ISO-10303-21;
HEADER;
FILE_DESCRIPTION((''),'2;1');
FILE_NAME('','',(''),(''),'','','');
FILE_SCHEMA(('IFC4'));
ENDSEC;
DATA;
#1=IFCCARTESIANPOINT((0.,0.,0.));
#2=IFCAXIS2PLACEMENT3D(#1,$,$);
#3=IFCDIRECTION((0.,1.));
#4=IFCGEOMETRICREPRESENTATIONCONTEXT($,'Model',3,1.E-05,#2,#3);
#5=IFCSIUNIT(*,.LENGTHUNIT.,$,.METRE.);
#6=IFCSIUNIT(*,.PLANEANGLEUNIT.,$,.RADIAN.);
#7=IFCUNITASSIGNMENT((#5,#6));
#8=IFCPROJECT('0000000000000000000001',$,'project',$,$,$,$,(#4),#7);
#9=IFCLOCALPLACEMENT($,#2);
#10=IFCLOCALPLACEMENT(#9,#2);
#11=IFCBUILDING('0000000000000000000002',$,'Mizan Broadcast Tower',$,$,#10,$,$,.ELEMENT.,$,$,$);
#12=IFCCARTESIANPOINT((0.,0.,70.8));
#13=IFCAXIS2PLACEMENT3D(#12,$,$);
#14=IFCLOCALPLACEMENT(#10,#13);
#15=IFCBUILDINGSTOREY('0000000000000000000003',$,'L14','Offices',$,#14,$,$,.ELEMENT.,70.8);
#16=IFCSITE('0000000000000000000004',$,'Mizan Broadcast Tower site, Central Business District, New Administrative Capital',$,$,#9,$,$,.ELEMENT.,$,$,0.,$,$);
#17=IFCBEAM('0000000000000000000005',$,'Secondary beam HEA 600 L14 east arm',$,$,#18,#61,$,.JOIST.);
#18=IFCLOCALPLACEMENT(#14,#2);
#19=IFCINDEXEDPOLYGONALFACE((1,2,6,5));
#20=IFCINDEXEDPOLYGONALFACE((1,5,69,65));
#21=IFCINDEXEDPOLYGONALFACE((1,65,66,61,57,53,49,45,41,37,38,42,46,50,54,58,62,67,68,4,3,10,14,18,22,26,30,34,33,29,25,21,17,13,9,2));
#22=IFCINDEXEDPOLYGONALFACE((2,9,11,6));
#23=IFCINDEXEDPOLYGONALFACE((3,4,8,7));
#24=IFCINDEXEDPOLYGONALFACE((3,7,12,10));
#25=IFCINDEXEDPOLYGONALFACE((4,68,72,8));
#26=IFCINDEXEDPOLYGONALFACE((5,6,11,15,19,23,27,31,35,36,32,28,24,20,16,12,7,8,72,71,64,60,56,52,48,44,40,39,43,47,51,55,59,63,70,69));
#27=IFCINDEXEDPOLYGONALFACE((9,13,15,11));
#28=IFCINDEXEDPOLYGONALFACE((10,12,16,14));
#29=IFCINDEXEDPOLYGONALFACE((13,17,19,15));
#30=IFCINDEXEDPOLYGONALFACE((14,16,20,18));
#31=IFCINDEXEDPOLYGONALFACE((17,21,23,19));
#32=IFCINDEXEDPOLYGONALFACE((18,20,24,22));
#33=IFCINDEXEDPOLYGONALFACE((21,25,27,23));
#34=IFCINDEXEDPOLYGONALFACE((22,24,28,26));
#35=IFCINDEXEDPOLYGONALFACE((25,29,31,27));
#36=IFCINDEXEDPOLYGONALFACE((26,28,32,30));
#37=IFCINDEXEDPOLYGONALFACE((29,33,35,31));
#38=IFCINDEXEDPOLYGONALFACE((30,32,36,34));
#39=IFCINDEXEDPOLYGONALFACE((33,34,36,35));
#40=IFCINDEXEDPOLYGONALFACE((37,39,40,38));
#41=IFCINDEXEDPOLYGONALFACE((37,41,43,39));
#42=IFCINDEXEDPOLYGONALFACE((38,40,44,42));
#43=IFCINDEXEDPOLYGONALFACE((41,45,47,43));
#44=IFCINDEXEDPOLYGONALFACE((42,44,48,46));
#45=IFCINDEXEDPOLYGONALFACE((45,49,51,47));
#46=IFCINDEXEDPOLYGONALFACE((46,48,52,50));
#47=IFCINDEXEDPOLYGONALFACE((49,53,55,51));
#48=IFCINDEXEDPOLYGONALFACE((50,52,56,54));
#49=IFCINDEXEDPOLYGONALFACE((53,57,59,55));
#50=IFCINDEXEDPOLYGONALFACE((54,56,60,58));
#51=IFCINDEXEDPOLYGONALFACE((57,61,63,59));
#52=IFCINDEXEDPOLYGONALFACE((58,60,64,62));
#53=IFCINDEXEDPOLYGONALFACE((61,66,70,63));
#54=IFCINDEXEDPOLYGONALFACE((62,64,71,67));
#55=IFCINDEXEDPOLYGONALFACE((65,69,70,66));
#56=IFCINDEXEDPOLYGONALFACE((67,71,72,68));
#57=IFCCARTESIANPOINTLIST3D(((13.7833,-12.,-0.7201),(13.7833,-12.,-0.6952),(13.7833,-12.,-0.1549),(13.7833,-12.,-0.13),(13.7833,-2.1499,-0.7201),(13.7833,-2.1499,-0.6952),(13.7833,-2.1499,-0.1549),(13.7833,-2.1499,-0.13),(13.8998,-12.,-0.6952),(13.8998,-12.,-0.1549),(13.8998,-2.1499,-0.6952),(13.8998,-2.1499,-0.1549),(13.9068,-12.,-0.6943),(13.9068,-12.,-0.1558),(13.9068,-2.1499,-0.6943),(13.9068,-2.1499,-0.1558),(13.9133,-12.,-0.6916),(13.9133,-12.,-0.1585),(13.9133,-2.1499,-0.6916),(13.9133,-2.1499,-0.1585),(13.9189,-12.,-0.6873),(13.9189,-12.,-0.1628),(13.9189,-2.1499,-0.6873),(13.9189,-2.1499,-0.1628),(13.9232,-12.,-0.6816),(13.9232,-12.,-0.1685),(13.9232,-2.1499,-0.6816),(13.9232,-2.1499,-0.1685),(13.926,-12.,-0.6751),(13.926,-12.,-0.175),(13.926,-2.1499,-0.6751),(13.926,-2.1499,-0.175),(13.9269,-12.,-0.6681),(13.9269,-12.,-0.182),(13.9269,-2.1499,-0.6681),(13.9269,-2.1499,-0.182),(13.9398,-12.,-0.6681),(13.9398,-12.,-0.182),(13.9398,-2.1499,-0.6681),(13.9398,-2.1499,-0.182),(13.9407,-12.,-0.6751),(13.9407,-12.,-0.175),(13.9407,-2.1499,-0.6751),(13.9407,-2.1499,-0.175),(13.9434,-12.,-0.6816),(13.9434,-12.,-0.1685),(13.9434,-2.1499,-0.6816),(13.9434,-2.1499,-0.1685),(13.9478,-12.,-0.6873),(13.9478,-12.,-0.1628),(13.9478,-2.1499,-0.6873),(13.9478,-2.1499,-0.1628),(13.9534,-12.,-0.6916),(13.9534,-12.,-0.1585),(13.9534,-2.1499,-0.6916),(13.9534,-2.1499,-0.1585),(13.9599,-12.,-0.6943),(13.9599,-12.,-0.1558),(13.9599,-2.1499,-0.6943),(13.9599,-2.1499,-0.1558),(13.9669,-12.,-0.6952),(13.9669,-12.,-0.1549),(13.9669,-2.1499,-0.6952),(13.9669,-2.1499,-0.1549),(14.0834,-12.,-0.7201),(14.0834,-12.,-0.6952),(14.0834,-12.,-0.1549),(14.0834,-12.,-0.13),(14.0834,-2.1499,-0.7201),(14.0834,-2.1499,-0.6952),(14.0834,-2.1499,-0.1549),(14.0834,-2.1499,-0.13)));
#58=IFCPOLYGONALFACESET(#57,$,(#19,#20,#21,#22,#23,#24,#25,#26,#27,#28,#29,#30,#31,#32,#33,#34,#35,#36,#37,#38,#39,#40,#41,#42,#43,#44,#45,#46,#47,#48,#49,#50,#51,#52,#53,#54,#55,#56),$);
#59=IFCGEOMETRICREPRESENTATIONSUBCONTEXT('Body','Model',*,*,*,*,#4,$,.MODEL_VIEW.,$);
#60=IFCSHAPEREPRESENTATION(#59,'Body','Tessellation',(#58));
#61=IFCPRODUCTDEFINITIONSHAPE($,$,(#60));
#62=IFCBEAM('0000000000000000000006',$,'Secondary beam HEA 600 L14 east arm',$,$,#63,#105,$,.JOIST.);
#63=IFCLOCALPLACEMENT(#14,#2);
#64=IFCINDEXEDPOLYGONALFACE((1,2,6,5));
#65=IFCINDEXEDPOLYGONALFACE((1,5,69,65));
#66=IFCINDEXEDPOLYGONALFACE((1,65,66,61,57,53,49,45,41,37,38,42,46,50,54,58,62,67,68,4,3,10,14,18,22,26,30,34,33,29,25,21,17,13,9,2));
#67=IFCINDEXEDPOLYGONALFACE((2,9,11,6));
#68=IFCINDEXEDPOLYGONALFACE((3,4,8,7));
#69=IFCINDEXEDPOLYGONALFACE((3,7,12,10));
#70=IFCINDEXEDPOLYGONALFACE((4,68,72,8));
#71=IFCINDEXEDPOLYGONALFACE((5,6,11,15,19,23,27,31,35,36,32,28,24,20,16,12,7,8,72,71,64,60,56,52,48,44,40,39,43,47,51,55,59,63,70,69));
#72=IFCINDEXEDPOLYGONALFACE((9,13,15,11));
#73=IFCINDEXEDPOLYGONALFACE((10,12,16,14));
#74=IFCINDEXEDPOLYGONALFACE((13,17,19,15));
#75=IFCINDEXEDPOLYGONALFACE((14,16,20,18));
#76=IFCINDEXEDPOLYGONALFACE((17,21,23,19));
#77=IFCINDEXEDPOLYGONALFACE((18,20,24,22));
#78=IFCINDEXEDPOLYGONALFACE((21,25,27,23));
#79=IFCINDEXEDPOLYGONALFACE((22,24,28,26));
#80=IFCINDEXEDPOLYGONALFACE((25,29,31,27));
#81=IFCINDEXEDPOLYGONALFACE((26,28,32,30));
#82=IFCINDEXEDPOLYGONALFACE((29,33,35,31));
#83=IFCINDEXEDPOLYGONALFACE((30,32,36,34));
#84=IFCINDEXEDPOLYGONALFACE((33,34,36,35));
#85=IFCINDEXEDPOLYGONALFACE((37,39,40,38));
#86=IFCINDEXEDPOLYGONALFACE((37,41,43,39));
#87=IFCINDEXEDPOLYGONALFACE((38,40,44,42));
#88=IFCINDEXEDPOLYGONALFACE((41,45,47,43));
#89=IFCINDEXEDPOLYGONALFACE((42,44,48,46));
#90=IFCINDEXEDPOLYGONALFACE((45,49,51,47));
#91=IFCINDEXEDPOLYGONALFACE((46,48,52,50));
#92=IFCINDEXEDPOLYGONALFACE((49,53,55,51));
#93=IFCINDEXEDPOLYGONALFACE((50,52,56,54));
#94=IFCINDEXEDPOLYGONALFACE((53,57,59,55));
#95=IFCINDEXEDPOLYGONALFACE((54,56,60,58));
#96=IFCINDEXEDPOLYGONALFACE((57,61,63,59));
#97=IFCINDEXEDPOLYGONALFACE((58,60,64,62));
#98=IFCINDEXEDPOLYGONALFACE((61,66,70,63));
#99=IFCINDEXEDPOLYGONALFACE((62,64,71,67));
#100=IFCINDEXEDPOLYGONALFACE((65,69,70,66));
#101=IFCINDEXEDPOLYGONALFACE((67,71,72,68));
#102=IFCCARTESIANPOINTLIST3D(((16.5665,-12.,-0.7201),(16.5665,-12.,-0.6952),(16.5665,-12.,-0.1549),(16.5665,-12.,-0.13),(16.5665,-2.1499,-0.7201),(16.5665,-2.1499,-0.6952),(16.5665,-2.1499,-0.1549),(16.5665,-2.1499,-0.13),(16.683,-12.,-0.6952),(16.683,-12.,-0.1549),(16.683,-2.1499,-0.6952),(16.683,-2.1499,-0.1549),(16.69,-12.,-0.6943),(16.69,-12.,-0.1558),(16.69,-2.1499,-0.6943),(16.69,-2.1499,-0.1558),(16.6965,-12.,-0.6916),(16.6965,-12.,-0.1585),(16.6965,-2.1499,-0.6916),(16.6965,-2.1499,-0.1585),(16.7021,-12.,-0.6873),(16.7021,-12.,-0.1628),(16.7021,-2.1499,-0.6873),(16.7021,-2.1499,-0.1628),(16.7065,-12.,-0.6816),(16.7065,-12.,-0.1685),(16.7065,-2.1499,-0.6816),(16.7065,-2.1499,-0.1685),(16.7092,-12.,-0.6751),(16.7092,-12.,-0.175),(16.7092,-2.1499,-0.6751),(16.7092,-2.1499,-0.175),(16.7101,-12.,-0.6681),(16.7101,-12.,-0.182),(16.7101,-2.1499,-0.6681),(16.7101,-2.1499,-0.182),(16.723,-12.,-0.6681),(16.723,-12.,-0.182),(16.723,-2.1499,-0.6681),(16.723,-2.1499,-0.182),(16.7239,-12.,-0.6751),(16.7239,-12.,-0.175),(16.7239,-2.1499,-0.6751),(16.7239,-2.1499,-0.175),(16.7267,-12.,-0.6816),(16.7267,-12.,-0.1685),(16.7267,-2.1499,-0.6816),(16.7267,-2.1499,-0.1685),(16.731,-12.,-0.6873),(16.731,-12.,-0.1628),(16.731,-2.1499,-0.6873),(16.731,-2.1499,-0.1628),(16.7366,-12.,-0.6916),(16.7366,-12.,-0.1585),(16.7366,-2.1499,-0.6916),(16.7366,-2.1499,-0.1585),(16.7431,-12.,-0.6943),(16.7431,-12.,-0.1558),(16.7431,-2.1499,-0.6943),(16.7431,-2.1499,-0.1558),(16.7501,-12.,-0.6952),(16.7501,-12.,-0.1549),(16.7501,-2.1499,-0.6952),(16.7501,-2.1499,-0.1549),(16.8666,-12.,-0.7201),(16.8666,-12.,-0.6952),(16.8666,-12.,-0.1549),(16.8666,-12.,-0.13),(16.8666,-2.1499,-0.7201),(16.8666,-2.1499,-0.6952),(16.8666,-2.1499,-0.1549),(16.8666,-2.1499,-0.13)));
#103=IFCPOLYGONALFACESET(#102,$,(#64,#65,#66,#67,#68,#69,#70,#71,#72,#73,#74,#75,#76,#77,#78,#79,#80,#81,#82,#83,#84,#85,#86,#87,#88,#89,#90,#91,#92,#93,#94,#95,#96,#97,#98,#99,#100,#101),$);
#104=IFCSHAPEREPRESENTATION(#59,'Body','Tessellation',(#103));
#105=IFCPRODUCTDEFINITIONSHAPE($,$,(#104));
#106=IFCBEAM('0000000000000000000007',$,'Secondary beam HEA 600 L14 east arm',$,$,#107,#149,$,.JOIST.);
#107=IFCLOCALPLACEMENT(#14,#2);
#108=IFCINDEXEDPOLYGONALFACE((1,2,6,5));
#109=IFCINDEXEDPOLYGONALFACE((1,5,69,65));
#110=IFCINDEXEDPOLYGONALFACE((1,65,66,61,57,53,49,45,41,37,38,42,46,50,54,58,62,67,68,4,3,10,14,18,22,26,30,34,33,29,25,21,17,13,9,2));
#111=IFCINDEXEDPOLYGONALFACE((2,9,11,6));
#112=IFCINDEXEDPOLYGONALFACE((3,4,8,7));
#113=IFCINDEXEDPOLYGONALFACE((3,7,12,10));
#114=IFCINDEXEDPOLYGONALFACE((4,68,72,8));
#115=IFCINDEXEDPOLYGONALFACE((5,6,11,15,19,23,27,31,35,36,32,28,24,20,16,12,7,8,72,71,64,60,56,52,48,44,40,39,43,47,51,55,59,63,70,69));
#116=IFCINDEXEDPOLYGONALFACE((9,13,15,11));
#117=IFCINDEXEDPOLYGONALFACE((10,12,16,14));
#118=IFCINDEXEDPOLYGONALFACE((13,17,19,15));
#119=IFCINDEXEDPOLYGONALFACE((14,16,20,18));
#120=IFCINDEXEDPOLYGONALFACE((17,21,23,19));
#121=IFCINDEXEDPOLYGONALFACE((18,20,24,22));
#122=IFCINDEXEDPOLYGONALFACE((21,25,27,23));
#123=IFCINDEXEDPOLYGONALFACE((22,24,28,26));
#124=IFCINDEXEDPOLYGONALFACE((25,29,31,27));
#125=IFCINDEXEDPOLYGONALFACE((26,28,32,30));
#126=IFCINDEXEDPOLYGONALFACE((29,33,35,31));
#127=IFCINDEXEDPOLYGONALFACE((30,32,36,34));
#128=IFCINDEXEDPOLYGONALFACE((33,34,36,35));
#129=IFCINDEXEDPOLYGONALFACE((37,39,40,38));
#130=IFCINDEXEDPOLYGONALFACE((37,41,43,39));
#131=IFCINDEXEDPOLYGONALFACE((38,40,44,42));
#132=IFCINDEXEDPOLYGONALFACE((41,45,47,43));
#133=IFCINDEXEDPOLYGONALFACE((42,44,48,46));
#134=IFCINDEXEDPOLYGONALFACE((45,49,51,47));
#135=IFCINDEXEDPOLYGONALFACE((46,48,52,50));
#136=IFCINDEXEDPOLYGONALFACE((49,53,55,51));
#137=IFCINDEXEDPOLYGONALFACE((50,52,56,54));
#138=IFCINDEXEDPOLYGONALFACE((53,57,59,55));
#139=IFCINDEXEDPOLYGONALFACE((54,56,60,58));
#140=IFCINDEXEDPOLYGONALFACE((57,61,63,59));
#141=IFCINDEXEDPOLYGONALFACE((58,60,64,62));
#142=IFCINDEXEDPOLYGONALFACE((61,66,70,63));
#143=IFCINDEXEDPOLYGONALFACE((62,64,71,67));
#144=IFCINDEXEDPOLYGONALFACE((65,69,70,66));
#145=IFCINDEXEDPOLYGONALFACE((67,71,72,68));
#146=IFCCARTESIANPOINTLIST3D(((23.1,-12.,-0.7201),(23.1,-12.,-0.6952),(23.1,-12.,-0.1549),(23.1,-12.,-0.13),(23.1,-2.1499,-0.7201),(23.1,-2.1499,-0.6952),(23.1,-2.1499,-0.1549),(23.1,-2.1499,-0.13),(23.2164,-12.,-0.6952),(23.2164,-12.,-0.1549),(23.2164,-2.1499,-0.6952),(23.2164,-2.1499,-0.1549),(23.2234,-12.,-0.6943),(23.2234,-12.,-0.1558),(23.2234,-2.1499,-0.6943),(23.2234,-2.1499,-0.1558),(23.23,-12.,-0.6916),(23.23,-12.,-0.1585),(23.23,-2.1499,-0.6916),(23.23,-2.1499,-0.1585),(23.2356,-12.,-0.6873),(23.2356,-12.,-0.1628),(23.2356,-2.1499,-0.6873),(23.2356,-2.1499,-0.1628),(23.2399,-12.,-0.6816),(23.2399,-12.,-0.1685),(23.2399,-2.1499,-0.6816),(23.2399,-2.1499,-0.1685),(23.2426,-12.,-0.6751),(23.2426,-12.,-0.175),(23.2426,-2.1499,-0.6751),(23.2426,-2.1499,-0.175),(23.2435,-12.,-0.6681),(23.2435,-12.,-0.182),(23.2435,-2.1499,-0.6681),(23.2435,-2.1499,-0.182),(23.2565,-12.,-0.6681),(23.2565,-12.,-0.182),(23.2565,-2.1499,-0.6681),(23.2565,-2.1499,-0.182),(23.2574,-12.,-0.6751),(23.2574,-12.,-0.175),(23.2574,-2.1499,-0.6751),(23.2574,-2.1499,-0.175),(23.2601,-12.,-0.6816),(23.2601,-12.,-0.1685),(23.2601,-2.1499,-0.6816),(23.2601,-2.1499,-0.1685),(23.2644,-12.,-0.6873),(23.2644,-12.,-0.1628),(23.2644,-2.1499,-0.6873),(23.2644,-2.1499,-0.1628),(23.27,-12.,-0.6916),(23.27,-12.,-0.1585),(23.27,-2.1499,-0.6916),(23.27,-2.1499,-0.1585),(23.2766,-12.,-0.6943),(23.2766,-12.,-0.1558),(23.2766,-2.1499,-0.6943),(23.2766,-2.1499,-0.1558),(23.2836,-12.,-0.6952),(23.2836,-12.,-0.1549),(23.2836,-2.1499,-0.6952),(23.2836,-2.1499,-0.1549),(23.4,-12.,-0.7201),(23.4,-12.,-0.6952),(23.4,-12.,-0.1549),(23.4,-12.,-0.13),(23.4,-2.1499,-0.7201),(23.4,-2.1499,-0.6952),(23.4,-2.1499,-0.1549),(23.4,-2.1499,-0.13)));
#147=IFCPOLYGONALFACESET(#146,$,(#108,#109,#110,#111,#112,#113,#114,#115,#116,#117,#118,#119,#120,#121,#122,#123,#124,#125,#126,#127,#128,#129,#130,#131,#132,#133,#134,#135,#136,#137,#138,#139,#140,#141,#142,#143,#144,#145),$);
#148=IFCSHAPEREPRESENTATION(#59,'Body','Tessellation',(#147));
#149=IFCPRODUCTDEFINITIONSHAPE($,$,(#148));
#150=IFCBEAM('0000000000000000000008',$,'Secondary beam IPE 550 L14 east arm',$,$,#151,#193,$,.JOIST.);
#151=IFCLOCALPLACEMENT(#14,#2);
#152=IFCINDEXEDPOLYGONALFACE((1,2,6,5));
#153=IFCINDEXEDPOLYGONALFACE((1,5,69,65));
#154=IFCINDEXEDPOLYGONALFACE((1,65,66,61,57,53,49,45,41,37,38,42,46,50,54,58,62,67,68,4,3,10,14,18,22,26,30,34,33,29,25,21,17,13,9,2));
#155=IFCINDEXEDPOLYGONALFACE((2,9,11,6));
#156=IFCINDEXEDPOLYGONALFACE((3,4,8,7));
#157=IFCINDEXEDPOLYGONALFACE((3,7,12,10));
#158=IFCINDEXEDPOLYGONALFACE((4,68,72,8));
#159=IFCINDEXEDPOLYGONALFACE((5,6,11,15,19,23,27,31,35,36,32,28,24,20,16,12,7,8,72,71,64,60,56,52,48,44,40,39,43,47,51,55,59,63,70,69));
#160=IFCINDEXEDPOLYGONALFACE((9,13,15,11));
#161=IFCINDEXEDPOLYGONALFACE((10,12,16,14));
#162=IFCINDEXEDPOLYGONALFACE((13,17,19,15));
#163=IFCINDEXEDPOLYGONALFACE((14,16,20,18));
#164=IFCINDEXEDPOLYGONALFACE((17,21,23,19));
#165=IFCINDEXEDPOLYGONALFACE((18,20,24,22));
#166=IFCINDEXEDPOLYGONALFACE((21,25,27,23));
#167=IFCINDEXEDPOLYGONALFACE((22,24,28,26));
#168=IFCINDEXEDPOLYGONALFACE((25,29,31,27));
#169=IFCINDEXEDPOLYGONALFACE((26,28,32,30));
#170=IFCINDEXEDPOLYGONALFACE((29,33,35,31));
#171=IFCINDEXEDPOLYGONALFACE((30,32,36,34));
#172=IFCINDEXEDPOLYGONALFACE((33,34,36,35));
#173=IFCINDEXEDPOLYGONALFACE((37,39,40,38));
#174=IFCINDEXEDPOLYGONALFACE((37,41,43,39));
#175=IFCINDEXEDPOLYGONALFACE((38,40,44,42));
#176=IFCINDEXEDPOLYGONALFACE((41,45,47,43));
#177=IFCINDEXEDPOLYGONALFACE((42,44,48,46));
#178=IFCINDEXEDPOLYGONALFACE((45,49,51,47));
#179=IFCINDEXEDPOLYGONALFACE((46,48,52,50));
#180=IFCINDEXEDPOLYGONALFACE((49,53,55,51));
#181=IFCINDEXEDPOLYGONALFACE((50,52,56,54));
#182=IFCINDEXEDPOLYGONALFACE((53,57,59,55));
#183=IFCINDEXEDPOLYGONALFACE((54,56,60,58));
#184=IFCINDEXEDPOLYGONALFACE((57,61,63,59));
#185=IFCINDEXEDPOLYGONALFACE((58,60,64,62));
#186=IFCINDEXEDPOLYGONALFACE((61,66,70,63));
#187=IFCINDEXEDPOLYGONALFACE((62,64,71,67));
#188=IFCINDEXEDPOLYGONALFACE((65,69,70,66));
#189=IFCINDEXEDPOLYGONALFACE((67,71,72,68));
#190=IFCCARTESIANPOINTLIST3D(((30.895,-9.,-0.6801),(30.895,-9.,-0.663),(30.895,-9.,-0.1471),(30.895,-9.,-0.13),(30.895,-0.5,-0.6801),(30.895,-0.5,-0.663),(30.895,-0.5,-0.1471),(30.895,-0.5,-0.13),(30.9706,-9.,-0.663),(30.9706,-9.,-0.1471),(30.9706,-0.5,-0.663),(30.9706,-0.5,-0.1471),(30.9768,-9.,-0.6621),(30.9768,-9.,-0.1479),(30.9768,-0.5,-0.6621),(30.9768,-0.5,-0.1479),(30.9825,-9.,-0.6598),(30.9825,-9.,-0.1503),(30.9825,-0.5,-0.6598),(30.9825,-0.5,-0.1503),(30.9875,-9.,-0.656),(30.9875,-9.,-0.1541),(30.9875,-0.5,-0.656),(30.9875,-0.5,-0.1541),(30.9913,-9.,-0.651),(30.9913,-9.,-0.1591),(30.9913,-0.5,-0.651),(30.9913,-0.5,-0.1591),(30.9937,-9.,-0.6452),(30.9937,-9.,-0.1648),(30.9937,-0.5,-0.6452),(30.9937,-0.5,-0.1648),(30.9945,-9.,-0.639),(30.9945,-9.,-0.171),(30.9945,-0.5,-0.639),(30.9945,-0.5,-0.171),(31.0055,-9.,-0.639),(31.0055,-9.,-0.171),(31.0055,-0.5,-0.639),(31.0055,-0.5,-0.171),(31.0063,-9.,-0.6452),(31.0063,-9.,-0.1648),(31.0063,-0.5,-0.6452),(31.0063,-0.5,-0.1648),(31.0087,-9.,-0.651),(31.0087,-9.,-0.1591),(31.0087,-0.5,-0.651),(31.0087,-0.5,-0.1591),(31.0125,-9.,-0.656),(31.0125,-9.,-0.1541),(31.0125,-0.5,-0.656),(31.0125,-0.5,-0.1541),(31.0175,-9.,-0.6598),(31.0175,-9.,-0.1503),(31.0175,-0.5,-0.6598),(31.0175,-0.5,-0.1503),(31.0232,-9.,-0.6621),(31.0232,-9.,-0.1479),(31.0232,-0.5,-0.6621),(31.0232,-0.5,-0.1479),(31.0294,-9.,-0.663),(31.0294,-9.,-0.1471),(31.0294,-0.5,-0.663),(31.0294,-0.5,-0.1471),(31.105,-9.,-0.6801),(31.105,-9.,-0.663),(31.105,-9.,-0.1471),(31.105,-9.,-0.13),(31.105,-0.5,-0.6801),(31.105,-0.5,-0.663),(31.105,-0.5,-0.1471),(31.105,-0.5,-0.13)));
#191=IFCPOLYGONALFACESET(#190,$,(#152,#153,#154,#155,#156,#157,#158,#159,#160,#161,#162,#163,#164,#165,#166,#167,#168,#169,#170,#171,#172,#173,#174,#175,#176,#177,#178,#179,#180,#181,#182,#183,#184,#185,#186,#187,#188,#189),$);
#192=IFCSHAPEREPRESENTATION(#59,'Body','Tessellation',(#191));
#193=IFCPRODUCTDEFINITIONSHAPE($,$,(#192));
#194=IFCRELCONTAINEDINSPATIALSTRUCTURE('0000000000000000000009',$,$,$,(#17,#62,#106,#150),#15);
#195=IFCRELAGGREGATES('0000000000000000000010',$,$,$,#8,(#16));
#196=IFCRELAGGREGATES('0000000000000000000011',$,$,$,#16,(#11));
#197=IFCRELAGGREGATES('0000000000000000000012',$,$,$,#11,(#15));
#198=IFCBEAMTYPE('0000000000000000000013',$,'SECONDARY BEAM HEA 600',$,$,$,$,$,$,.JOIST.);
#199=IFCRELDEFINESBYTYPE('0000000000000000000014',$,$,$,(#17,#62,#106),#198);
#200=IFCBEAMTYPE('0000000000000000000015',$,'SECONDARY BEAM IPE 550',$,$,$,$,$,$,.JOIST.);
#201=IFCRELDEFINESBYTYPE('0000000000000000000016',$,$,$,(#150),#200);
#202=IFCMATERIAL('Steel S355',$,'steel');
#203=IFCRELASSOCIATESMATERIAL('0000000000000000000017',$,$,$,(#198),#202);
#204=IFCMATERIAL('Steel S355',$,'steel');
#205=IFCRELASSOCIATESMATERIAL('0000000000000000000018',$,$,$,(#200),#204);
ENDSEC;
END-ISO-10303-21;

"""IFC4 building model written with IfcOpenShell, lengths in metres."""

from ifc_helpers import new_model, si_unit, direction, frame, origin, origin_2d, place, context, subcontext, project, spatial, i_section, extrude, material, material_profile, profile_set, type_object, element, save


model = new_model("IFC4")

# Units and contexts
model_context = context("Model", 3, precision=1e-05, world=origin(), true_north=direction((0.0, 1.0)))
body_context = subcontext(model_context, "Body", "Model", "MODEL_VIEW")
ifc_project = project(units=[si_unit("LENGTHUNIT", "METRE"), si_unit("PLANEANGLEUNIT", "RADIAN")], contexts=[model_context])

# Site, building, storey
site_placement = place(None, origin())
site = spatial("IfcSite", under=ifc_project, at=site_placement, Name="Mizan Broadcast Tower site, Central Business District, New Administrative Capital", CompositionType="ELEMENT", RefElevation=0.0)
building_placement = place(site_placement, origin())
building = spatial("IfcBuilding", under=site, at=building_placement, Name="Mizan Broadcast Tower", CompositionType="ELEMENT")
storey_placement = place(building_placement, frame((0.0, 0.0, 70.8)))
storey = spatial("IfcBuildingStorey", under=building, at=storey_placement, Name="L14", Description="Offices", CompositionType="ELEMENT", Elevation=70.8)

# Beams
ifc_material_1 = material(Name="Steel S355", Category="steel")
ifc_material_profile_1 = material_profile(ifc_material_1, i_section(OverallWidth=0.3, OverallDepth=0.5901, WebThickness=0.0129, FlangeThickness=0.0249, FilletRadius=0.0271, at=origin_2d()), Name="HEA 600")
ifc_profile_set_1 = profile_set([ifc_material_profile_1], Name="Steel S355")
beam_type_1 = type_object("IfcBeamType", Name="SECONDARY BEAM HEA 600", PredefinedType="JOIST", material=ifc_profile_set_1)
for number, where, z_axis, x_axis, name in (
    (1, (13.9333, -12.0, -0.425), (0.0, 1.0, 0.0), (-1.0, 0.0, 0.0), "Secondary beam HEA 600 L14 east arm"),
    (2, (16.7166, -12.0, -0.425), (0.0, 1.0, 0.0), (-1.0, 0.0, 0.0), "Secondary beam HEA 600 L14 east arm"),
    (3, (23.25, -12.0, -0.425), (0.0, 1.0, 0.0), (-1.0, 0.0, 0.0), "Secondary beam HEA 600 L14 east arm"),
):
    element("IfcBeam", number, at=place(storey_placement, frame(where, z_axis=z_axis, x_axis=x_axis)), inside=storey, type_object=beam_type_1, Name=name, PredefinedType="JOIST", context=body_context, shape_type="SweptSolid", body=[
        extrude(i_section(OverallWidth=0.3, OverallDepth=0.5901, WebThickness=0.0129, FlangeThickness=0.0249, FilletRadius=0.0271, at=origin_2d()), origin(), (0.0, 0.0, 1.0), 9.8501),
    ])
ifc_material_2 = material(Name="Steel S355", Category="steel")
ifc_material_profile_2 = material_profile(ifc_material_2, i_section(OverallWidth=0.21, OverallDepth=0.55, WebThickness=0.011, FlangeThickness=0.0171, FilletRadius=0.0239, at=origin_2d()), Name="IPE 550")
ifc_profile_set_2 = profile_set([ifc_material_profile_2], Name="Steel S355")
beam_type_2 = type_object("IfcBeamType", Name="SECONDARY BEAM IPE 550", PredefinedType="JOIST", material=ifc_profile_set_2)
beam_1_placement = place(storey_placement, frame((31.0, -9.0, -0.405), z_axis=(0.0, 1.0, 0.0), x_axis=(-1.0, 0.0, 0.0)))
element("IfcBeam", 4, at=beam_1_placement, inside=storey, type_object=beam_type_2, Name="Secondary beam IPE 550 L14 east arm", PredefinedType="JOIST", context=body_context, shape_type="SweptSolid", body=[
    extrude(i_section(OverallWidth=0.21, OverallDepth=0.55, WebThickness=0.011, FlangeThickness=0.0171, FilletRadius=0.0239, at=origin_2d()), origin(), (0.0, 0.0, 1.0), 8.5),
])

save(model, "model.ifc")
